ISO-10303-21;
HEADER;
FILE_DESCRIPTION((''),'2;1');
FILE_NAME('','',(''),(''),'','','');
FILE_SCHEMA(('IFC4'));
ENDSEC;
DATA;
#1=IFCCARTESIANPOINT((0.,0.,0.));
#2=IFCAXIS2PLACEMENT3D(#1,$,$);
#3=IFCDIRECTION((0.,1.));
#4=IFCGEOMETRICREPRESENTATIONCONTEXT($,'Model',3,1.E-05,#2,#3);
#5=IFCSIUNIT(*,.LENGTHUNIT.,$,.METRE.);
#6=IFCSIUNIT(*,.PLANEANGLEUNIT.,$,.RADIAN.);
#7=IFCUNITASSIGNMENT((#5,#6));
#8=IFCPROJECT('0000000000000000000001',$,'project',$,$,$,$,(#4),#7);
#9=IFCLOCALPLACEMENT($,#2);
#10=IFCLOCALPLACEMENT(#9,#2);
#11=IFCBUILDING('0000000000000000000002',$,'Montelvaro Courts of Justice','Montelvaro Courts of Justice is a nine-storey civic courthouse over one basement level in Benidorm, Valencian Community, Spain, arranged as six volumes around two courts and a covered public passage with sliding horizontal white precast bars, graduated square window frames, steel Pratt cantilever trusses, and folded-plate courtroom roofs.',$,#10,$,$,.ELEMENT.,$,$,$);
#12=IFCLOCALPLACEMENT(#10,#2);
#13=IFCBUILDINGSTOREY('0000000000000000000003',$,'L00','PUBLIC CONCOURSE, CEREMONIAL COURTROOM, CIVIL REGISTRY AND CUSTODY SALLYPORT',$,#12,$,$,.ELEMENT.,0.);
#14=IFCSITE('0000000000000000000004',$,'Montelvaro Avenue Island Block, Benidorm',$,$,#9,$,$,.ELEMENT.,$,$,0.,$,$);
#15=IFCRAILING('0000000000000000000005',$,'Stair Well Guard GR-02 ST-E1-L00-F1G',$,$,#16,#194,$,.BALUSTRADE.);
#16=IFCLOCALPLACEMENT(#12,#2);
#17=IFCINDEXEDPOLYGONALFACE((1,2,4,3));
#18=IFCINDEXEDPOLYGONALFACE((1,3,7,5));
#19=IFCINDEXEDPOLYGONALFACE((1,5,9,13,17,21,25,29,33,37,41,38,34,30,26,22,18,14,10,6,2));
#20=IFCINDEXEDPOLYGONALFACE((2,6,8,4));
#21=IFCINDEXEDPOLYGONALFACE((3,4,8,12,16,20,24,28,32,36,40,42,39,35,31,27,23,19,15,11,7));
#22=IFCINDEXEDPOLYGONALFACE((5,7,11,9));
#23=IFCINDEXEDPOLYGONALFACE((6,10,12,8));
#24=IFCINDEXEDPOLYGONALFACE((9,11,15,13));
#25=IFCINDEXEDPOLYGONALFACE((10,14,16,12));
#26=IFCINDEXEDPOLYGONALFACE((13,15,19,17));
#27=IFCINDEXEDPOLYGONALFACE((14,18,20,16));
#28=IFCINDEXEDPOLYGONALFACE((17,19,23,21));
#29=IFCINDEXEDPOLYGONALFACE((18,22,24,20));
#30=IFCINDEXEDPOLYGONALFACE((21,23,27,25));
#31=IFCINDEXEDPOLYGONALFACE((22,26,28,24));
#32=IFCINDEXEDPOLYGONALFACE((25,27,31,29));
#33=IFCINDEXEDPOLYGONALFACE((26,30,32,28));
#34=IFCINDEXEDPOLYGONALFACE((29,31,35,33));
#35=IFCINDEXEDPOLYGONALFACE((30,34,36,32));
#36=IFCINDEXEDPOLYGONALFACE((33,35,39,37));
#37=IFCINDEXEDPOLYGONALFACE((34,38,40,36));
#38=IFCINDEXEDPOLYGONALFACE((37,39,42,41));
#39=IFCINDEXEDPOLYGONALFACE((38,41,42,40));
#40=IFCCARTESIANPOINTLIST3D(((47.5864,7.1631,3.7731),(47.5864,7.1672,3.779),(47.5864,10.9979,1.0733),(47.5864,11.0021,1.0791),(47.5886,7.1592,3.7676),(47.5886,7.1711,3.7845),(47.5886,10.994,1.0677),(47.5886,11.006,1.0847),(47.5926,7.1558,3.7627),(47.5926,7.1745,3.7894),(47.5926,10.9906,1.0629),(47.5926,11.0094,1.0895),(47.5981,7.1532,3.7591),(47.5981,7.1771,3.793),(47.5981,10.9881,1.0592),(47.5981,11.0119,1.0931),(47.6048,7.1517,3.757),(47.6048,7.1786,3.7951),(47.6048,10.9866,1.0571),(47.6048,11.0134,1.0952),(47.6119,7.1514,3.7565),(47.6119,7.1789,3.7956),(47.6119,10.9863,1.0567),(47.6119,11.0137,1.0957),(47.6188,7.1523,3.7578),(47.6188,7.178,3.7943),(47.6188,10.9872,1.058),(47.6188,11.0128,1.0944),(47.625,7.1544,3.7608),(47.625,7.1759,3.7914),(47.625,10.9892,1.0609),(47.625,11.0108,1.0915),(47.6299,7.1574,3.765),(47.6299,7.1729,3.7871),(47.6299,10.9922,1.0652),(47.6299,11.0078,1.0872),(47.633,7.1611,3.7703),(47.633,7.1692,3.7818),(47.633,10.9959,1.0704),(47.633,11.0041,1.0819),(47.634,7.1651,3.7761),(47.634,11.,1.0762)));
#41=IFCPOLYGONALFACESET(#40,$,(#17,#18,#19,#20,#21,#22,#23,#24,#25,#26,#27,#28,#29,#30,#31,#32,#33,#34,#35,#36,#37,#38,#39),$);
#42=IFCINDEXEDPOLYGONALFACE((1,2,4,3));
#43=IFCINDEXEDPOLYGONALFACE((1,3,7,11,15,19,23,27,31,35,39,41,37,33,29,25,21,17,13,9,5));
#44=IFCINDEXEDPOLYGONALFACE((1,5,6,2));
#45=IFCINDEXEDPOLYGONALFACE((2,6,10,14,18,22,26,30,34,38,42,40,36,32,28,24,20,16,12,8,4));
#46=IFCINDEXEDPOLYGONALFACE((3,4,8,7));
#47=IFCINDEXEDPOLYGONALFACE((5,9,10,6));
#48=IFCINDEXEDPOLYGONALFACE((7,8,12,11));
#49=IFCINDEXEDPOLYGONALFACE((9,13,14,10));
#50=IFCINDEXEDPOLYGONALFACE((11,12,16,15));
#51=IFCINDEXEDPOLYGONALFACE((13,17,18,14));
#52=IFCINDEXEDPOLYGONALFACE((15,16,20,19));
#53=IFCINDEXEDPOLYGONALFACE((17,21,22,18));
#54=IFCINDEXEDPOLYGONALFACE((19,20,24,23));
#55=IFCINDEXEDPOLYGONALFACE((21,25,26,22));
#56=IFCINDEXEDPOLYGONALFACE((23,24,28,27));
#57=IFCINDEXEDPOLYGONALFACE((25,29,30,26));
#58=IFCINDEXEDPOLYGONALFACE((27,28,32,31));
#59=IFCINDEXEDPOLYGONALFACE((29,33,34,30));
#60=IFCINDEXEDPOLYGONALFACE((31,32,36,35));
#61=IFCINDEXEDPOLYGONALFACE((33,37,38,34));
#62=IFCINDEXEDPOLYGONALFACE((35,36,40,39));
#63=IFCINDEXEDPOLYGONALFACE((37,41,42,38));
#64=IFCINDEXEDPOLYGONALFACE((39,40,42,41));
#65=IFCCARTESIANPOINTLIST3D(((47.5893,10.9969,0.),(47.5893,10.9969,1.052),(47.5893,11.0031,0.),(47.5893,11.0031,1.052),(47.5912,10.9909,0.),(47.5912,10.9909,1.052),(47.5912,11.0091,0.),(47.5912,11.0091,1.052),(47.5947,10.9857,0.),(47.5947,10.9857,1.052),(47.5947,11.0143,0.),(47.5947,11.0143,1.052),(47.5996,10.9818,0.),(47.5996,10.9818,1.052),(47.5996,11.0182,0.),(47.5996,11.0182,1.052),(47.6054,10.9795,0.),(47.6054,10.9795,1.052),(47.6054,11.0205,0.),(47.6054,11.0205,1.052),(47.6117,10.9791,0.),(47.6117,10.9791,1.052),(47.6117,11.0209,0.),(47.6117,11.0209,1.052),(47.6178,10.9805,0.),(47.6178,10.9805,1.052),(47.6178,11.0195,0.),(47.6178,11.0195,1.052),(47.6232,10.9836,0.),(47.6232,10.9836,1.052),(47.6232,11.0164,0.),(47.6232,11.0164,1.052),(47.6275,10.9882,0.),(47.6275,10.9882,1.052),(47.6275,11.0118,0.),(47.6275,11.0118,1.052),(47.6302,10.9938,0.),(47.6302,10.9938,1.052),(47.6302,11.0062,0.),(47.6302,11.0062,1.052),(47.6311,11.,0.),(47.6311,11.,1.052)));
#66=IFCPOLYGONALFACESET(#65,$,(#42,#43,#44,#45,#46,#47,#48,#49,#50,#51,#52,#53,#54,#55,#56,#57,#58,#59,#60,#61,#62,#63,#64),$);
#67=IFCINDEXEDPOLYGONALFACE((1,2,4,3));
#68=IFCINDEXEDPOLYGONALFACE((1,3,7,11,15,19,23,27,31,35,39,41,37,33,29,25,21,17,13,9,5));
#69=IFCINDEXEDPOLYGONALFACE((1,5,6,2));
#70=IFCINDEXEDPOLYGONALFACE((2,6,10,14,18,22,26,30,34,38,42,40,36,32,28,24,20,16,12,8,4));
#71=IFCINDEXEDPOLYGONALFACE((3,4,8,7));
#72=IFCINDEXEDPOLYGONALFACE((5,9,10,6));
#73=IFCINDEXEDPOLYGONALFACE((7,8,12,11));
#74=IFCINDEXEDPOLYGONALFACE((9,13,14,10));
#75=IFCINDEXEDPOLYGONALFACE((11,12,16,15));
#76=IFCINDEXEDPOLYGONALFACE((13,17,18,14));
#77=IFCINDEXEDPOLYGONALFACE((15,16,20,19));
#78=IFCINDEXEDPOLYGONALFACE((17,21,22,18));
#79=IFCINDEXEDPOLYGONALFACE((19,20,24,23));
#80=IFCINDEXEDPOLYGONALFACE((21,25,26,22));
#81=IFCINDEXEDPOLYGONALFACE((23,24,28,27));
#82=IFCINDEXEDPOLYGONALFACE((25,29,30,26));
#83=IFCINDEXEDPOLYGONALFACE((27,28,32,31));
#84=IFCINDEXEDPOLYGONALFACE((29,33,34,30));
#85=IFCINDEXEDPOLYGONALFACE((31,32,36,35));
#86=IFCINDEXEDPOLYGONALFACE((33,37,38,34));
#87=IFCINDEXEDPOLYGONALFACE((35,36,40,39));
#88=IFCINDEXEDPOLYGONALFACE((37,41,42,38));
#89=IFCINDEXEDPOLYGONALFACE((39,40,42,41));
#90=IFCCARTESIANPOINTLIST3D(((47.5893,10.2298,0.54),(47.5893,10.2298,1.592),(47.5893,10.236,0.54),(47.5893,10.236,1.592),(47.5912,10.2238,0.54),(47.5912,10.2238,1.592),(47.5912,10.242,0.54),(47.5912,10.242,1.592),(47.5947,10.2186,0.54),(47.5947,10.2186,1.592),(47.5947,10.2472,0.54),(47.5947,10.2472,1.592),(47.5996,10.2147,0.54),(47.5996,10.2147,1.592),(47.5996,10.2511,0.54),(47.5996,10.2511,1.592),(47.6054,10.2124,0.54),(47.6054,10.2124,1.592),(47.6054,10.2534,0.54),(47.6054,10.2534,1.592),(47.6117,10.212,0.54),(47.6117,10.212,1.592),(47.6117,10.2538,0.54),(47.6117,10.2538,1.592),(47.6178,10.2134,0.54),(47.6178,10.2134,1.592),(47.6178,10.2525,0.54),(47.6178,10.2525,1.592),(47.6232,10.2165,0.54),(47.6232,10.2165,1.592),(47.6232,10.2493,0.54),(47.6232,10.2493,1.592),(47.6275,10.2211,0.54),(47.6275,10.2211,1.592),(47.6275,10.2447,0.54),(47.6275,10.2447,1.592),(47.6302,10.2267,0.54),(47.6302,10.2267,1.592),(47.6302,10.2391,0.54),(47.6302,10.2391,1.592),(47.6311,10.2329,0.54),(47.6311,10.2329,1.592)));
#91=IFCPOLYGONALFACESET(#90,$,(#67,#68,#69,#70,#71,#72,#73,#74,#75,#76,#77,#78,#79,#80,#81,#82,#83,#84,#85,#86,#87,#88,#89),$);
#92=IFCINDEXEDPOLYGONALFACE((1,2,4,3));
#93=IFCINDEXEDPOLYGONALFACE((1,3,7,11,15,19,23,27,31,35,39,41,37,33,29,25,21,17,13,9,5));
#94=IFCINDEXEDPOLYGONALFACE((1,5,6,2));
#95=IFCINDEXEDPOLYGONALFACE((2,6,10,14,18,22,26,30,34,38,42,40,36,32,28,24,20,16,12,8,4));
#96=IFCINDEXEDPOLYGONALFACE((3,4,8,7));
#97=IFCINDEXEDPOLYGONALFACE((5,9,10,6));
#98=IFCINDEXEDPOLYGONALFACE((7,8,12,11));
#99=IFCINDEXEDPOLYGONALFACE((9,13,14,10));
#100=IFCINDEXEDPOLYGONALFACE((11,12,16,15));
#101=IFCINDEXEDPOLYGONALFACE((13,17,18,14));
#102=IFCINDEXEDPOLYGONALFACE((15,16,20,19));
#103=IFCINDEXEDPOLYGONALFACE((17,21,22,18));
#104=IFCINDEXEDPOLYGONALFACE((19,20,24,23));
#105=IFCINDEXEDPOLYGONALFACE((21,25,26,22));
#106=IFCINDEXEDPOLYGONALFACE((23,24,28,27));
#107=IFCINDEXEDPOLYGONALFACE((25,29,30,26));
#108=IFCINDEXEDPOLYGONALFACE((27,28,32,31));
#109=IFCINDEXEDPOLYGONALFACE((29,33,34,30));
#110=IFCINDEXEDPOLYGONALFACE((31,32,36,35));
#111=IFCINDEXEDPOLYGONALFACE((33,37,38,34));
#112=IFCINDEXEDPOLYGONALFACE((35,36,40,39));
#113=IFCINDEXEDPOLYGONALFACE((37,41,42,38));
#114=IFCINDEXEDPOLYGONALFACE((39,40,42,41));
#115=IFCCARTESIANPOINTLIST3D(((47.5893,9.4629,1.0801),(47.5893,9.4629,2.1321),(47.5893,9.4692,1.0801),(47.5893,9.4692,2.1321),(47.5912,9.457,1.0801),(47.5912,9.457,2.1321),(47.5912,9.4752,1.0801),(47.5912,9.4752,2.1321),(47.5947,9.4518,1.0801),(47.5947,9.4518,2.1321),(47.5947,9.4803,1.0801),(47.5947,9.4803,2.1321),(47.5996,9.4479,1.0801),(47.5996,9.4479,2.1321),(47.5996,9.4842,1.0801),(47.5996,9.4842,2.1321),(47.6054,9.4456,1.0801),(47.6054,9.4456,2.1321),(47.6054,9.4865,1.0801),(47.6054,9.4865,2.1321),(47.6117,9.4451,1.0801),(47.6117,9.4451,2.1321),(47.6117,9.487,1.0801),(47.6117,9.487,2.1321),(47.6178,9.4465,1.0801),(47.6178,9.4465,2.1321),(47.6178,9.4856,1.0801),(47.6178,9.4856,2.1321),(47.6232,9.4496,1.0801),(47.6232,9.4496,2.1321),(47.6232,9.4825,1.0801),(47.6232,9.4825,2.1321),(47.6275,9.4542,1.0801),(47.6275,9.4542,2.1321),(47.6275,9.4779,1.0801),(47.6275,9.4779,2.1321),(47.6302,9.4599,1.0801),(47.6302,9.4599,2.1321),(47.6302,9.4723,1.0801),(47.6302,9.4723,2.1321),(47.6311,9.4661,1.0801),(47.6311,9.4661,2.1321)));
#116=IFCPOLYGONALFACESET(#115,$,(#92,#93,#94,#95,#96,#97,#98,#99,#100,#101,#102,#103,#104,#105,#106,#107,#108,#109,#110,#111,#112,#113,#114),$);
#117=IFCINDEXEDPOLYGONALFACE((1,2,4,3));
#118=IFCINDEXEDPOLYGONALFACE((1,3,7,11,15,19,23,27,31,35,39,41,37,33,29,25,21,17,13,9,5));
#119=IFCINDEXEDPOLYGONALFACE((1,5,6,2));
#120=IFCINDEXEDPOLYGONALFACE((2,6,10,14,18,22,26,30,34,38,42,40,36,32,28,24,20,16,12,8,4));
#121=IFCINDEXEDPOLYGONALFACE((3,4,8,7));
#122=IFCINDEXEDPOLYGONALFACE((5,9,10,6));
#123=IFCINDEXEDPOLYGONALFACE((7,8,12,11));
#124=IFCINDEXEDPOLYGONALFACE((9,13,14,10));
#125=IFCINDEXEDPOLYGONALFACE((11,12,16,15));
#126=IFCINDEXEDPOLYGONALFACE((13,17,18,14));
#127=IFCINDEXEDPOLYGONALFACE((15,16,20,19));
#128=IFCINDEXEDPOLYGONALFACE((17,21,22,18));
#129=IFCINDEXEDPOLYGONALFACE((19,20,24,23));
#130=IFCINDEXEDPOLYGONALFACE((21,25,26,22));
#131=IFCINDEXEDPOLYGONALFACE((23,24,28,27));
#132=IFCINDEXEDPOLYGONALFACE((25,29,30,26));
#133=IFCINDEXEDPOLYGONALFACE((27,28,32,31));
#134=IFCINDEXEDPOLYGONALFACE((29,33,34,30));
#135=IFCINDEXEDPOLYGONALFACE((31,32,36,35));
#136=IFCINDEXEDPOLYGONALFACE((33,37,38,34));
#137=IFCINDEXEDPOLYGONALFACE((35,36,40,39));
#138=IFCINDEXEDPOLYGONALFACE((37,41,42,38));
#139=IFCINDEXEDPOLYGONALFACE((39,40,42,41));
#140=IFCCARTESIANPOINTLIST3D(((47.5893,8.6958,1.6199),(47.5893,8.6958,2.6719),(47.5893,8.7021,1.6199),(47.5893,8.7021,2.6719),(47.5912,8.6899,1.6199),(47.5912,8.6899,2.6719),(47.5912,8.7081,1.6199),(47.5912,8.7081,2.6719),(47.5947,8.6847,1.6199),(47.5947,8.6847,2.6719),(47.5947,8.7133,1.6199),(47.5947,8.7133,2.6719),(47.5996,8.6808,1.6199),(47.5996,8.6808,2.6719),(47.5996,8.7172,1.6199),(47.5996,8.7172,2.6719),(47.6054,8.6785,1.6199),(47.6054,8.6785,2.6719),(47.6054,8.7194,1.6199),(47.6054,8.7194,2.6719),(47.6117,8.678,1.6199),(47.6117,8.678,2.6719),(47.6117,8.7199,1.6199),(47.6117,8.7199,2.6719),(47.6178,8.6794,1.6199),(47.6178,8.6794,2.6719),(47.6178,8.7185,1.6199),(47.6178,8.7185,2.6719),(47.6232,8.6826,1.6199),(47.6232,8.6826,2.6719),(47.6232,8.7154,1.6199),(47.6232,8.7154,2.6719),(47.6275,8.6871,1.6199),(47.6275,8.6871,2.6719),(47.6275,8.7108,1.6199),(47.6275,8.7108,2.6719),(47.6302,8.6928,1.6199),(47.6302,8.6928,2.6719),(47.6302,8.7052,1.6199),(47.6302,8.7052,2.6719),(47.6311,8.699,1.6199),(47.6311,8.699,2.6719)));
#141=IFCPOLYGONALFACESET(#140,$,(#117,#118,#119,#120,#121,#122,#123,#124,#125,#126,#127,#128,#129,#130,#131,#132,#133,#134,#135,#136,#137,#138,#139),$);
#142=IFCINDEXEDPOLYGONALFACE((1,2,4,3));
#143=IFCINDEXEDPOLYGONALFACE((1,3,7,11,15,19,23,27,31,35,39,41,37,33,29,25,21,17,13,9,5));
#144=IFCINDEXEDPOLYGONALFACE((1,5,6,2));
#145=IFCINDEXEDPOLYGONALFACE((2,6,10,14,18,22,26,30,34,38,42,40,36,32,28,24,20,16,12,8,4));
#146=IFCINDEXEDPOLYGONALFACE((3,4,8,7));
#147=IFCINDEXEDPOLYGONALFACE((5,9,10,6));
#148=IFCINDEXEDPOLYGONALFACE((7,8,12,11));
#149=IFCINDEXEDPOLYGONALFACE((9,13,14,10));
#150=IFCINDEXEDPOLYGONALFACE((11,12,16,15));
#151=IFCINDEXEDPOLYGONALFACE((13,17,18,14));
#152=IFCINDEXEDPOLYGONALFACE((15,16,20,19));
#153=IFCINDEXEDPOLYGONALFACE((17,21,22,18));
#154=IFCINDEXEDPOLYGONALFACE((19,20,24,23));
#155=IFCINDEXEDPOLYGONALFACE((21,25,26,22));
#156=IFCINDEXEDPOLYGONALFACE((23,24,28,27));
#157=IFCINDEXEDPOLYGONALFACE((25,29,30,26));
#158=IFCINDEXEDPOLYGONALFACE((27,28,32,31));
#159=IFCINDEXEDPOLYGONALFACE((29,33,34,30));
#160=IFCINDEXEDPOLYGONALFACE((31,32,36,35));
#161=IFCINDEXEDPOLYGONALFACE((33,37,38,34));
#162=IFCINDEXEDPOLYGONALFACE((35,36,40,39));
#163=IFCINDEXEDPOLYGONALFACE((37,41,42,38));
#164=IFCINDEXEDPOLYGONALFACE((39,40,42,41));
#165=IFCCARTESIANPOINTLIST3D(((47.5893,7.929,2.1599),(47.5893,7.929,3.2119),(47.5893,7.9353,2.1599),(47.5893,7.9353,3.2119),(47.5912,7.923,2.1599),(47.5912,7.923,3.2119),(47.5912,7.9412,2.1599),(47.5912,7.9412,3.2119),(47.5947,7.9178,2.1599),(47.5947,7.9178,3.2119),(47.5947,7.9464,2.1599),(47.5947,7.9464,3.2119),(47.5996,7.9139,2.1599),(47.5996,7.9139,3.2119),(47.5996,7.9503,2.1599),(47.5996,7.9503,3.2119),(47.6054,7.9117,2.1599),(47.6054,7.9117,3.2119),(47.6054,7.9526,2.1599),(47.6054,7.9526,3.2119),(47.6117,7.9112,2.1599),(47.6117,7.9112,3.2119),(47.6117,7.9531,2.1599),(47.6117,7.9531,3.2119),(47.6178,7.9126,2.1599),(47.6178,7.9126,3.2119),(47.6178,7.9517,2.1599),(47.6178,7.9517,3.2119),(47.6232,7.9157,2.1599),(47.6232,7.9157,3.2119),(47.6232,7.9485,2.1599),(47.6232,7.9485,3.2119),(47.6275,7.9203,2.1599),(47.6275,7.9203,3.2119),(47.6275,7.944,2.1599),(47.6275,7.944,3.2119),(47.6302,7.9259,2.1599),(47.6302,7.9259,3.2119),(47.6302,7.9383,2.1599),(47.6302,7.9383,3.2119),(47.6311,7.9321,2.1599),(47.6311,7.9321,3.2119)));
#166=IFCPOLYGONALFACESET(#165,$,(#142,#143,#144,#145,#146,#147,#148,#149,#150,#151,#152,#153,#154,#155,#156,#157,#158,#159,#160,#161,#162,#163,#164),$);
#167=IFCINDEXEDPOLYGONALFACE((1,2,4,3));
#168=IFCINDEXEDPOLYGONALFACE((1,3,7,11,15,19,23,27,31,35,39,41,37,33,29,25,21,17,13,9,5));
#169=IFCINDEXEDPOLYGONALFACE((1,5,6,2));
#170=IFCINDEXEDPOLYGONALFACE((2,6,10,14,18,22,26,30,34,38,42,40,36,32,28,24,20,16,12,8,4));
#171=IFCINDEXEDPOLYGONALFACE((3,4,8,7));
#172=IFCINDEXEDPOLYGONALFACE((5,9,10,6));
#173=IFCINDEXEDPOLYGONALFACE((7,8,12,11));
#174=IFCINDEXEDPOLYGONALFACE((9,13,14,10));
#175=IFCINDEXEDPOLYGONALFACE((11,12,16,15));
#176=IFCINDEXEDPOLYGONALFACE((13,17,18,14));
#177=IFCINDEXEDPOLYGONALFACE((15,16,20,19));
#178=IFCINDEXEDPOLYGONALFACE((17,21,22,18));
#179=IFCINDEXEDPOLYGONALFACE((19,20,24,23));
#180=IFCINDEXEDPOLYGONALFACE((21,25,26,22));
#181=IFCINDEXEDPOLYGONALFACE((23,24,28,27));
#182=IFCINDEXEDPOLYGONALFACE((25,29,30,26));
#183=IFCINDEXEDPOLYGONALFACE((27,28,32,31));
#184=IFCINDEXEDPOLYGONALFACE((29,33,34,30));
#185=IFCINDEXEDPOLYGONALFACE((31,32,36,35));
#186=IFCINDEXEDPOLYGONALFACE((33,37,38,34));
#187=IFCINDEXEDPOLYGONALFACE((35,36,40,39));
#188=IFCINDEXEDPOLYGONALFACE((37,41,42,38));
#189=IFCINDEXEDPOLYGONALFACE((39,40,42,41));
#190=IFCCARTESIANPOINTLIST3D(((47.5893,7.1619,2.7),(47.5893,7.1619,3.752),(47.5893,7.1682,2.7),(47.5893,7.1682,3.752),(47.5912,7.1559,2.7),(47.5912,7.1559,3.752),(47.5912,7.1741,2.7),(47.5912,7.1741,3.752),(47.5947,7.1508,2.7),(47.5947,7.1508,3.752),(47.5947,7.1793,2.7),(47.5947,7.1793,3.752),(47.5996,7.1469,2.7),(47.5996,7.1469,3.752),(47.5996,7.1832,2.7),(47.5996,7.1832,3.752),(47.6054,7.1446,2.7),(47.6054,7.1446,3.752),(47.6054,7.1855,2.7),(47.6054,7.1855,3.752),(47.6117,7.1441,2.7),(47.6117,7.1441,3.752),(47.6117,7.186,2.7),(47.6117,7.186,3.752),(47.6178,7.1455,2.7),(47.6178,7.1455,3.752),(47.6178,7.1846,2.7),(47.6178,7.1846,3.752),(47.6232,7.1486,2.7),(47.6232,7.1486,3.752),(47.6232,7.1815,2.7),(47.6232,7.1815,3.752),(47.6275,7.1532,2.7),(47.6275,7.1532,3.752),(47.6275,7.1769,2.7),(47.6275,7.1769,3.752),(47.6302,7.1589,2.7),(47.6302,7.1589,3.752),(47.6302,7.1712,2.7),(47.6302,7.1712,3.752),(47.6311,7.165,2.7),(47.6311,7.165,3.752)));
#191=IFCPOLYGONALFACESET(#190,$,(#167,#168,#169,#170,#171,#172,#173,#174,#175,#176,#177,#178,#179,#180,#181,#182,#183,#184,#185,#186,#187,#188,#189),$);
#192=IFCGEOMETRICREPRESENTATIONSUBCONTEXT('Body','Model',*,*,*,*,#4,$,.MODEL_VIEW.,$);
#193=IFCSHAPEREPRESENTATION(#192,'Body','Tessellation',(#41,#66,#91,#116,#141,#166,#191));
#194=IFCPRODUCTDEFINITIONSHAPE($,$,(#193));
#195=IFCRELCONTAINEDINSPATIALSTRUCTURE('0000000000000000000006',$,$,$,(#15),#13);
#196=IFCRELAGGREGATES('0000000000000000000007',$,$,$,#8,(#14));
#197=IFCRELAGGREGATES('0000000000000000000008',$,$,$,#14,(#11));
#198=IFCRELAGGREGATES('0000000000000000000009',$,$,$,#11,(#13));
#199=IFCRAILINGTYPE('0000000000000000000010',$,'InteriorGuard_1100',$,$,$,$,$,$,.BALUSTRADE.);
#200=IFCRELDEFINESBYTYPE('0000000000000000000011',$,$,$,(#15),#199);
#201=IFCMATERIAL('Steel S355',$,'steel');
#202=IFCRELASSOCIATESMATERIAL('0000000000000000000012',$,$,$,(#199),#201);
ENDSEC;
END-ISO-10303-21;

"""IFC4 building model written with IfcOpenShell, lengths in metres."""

from ifc_helpers import new_model, si_unit, direction, frame, origin, origin_2d, place, context, subcontext, project, spatial, circle, extrude, material, type_object, element, save


model = new_model("IFC4")

# Units and contexts
model_context = context("Model", 3, precision=1e-05, world=origin(), true_north=direction((0.0, 1.0)))
body_context = subcontext(model_context, "Body", "Model", "MODEL_VIEW")
ifc_project = project(units=[si_unit("LENGTHUNIT", "METRE"), si_unit("PLANEANGLEUNIT", "RADIAN")], contexts=[model_context])

# Site, building, storey
site_placement = place(None, origin())
site = spatial("IfcSite", under=ifc_project, at=site_placement, Name="Montelvaro Avenue Island Block, Benidorm", CompositionType="ELEMENT", RefElevation=0.0)
building_placement = place(site_placement, origin())
building = spatial("IfcBuilding", under=site, at=building_placement, Name="Montelvaro Courts of Justice", Description="Montelvaro Courts of Justice is a nine-storey civic courthouse over one basement level in Benidorm, Valencian Community, Spain, arranged as six volumes around two courts and a covered public passage with sliding horizontal white precast bars, graduated square window frames, steel Pratt cantilever trusses, and folded-plate courtroom roofs.", CompositionType="ELEMENT")
storey_placement = place(building_placement, origin())
storey = spatial("IfcBuildingStorey", under=building, at=storey_placement, Name="L00", Description="PUBLIC CONCOURSE, CEREMONIAL COURTROOM, CIVIL REGISTRY AND CUSTODY SALLYPORT", CompositionType="ELEMENT", Elevation=0.0)

# Shared definitions
ifc_material_1 = material(Name="Steel S355", Category="steel")

# Railing
railing_type_1 = type_object("IfcRailingType", Name="InteriorGuard_1100", PredefinedType="BALUSTRADE", material=ifc_material_1)
railing_1_placement = place(storey_placement, frame((47.6101, 11.0, 0.0)))
element("IfcRailing", 1, at=railing_1_placement, inside=storey, type_object=railing_type_1, Name="Stair Well Guard GR-02 ST-E1-L00-F1G", PredefinedType="BALUSTRADE", context=body_context, shape_type="SweptSolid", body=[
    extrude(circle(Radius=0.0239, at=origin_2d()), frame((0.0, 0.0, 1.0762), z_axis=(0.0, -0.817678, 0.575675), x_axis=(1.0, 0.0, 0.0)), (0.0, 0.0, 1.0), 4.6899),
    extrude(circle(Radius=0.021, at=origin_2d()), origin(), (0.0, 0.0, 1.0), 1.052),
    extrude(circle(Radius=0.021, at=origin_2d()), frame((0.0, -0.7671, 0.54)), (0.0, 0.0, 1.0), 1.052),
    extrude(circle(Radius=0.021, at=origin_2d()), frame((0.0, -1.5339, 1.0801)), (0.0, 0.0, 1.0), 1.052),
    extrude(circle(Radius=0.021, at=origin_2d()), frame((0.0, -2.301, 1.6199)), (0.0, 0.0, 1.0), 1.052),
    extrude(circle(Radius=0.021, at=origin_2d()), frame((0.0, -3.0679, 2.1599)), (0.0, 0.0, 1.0), 1.052),
    extrude(circle(Radius=0.021, at=origin_2d()), frame((0.0, -3.835, 2.7)), (0.0, 0.0, 1.0), 1.052),
])

save(model, "model.ifc")
